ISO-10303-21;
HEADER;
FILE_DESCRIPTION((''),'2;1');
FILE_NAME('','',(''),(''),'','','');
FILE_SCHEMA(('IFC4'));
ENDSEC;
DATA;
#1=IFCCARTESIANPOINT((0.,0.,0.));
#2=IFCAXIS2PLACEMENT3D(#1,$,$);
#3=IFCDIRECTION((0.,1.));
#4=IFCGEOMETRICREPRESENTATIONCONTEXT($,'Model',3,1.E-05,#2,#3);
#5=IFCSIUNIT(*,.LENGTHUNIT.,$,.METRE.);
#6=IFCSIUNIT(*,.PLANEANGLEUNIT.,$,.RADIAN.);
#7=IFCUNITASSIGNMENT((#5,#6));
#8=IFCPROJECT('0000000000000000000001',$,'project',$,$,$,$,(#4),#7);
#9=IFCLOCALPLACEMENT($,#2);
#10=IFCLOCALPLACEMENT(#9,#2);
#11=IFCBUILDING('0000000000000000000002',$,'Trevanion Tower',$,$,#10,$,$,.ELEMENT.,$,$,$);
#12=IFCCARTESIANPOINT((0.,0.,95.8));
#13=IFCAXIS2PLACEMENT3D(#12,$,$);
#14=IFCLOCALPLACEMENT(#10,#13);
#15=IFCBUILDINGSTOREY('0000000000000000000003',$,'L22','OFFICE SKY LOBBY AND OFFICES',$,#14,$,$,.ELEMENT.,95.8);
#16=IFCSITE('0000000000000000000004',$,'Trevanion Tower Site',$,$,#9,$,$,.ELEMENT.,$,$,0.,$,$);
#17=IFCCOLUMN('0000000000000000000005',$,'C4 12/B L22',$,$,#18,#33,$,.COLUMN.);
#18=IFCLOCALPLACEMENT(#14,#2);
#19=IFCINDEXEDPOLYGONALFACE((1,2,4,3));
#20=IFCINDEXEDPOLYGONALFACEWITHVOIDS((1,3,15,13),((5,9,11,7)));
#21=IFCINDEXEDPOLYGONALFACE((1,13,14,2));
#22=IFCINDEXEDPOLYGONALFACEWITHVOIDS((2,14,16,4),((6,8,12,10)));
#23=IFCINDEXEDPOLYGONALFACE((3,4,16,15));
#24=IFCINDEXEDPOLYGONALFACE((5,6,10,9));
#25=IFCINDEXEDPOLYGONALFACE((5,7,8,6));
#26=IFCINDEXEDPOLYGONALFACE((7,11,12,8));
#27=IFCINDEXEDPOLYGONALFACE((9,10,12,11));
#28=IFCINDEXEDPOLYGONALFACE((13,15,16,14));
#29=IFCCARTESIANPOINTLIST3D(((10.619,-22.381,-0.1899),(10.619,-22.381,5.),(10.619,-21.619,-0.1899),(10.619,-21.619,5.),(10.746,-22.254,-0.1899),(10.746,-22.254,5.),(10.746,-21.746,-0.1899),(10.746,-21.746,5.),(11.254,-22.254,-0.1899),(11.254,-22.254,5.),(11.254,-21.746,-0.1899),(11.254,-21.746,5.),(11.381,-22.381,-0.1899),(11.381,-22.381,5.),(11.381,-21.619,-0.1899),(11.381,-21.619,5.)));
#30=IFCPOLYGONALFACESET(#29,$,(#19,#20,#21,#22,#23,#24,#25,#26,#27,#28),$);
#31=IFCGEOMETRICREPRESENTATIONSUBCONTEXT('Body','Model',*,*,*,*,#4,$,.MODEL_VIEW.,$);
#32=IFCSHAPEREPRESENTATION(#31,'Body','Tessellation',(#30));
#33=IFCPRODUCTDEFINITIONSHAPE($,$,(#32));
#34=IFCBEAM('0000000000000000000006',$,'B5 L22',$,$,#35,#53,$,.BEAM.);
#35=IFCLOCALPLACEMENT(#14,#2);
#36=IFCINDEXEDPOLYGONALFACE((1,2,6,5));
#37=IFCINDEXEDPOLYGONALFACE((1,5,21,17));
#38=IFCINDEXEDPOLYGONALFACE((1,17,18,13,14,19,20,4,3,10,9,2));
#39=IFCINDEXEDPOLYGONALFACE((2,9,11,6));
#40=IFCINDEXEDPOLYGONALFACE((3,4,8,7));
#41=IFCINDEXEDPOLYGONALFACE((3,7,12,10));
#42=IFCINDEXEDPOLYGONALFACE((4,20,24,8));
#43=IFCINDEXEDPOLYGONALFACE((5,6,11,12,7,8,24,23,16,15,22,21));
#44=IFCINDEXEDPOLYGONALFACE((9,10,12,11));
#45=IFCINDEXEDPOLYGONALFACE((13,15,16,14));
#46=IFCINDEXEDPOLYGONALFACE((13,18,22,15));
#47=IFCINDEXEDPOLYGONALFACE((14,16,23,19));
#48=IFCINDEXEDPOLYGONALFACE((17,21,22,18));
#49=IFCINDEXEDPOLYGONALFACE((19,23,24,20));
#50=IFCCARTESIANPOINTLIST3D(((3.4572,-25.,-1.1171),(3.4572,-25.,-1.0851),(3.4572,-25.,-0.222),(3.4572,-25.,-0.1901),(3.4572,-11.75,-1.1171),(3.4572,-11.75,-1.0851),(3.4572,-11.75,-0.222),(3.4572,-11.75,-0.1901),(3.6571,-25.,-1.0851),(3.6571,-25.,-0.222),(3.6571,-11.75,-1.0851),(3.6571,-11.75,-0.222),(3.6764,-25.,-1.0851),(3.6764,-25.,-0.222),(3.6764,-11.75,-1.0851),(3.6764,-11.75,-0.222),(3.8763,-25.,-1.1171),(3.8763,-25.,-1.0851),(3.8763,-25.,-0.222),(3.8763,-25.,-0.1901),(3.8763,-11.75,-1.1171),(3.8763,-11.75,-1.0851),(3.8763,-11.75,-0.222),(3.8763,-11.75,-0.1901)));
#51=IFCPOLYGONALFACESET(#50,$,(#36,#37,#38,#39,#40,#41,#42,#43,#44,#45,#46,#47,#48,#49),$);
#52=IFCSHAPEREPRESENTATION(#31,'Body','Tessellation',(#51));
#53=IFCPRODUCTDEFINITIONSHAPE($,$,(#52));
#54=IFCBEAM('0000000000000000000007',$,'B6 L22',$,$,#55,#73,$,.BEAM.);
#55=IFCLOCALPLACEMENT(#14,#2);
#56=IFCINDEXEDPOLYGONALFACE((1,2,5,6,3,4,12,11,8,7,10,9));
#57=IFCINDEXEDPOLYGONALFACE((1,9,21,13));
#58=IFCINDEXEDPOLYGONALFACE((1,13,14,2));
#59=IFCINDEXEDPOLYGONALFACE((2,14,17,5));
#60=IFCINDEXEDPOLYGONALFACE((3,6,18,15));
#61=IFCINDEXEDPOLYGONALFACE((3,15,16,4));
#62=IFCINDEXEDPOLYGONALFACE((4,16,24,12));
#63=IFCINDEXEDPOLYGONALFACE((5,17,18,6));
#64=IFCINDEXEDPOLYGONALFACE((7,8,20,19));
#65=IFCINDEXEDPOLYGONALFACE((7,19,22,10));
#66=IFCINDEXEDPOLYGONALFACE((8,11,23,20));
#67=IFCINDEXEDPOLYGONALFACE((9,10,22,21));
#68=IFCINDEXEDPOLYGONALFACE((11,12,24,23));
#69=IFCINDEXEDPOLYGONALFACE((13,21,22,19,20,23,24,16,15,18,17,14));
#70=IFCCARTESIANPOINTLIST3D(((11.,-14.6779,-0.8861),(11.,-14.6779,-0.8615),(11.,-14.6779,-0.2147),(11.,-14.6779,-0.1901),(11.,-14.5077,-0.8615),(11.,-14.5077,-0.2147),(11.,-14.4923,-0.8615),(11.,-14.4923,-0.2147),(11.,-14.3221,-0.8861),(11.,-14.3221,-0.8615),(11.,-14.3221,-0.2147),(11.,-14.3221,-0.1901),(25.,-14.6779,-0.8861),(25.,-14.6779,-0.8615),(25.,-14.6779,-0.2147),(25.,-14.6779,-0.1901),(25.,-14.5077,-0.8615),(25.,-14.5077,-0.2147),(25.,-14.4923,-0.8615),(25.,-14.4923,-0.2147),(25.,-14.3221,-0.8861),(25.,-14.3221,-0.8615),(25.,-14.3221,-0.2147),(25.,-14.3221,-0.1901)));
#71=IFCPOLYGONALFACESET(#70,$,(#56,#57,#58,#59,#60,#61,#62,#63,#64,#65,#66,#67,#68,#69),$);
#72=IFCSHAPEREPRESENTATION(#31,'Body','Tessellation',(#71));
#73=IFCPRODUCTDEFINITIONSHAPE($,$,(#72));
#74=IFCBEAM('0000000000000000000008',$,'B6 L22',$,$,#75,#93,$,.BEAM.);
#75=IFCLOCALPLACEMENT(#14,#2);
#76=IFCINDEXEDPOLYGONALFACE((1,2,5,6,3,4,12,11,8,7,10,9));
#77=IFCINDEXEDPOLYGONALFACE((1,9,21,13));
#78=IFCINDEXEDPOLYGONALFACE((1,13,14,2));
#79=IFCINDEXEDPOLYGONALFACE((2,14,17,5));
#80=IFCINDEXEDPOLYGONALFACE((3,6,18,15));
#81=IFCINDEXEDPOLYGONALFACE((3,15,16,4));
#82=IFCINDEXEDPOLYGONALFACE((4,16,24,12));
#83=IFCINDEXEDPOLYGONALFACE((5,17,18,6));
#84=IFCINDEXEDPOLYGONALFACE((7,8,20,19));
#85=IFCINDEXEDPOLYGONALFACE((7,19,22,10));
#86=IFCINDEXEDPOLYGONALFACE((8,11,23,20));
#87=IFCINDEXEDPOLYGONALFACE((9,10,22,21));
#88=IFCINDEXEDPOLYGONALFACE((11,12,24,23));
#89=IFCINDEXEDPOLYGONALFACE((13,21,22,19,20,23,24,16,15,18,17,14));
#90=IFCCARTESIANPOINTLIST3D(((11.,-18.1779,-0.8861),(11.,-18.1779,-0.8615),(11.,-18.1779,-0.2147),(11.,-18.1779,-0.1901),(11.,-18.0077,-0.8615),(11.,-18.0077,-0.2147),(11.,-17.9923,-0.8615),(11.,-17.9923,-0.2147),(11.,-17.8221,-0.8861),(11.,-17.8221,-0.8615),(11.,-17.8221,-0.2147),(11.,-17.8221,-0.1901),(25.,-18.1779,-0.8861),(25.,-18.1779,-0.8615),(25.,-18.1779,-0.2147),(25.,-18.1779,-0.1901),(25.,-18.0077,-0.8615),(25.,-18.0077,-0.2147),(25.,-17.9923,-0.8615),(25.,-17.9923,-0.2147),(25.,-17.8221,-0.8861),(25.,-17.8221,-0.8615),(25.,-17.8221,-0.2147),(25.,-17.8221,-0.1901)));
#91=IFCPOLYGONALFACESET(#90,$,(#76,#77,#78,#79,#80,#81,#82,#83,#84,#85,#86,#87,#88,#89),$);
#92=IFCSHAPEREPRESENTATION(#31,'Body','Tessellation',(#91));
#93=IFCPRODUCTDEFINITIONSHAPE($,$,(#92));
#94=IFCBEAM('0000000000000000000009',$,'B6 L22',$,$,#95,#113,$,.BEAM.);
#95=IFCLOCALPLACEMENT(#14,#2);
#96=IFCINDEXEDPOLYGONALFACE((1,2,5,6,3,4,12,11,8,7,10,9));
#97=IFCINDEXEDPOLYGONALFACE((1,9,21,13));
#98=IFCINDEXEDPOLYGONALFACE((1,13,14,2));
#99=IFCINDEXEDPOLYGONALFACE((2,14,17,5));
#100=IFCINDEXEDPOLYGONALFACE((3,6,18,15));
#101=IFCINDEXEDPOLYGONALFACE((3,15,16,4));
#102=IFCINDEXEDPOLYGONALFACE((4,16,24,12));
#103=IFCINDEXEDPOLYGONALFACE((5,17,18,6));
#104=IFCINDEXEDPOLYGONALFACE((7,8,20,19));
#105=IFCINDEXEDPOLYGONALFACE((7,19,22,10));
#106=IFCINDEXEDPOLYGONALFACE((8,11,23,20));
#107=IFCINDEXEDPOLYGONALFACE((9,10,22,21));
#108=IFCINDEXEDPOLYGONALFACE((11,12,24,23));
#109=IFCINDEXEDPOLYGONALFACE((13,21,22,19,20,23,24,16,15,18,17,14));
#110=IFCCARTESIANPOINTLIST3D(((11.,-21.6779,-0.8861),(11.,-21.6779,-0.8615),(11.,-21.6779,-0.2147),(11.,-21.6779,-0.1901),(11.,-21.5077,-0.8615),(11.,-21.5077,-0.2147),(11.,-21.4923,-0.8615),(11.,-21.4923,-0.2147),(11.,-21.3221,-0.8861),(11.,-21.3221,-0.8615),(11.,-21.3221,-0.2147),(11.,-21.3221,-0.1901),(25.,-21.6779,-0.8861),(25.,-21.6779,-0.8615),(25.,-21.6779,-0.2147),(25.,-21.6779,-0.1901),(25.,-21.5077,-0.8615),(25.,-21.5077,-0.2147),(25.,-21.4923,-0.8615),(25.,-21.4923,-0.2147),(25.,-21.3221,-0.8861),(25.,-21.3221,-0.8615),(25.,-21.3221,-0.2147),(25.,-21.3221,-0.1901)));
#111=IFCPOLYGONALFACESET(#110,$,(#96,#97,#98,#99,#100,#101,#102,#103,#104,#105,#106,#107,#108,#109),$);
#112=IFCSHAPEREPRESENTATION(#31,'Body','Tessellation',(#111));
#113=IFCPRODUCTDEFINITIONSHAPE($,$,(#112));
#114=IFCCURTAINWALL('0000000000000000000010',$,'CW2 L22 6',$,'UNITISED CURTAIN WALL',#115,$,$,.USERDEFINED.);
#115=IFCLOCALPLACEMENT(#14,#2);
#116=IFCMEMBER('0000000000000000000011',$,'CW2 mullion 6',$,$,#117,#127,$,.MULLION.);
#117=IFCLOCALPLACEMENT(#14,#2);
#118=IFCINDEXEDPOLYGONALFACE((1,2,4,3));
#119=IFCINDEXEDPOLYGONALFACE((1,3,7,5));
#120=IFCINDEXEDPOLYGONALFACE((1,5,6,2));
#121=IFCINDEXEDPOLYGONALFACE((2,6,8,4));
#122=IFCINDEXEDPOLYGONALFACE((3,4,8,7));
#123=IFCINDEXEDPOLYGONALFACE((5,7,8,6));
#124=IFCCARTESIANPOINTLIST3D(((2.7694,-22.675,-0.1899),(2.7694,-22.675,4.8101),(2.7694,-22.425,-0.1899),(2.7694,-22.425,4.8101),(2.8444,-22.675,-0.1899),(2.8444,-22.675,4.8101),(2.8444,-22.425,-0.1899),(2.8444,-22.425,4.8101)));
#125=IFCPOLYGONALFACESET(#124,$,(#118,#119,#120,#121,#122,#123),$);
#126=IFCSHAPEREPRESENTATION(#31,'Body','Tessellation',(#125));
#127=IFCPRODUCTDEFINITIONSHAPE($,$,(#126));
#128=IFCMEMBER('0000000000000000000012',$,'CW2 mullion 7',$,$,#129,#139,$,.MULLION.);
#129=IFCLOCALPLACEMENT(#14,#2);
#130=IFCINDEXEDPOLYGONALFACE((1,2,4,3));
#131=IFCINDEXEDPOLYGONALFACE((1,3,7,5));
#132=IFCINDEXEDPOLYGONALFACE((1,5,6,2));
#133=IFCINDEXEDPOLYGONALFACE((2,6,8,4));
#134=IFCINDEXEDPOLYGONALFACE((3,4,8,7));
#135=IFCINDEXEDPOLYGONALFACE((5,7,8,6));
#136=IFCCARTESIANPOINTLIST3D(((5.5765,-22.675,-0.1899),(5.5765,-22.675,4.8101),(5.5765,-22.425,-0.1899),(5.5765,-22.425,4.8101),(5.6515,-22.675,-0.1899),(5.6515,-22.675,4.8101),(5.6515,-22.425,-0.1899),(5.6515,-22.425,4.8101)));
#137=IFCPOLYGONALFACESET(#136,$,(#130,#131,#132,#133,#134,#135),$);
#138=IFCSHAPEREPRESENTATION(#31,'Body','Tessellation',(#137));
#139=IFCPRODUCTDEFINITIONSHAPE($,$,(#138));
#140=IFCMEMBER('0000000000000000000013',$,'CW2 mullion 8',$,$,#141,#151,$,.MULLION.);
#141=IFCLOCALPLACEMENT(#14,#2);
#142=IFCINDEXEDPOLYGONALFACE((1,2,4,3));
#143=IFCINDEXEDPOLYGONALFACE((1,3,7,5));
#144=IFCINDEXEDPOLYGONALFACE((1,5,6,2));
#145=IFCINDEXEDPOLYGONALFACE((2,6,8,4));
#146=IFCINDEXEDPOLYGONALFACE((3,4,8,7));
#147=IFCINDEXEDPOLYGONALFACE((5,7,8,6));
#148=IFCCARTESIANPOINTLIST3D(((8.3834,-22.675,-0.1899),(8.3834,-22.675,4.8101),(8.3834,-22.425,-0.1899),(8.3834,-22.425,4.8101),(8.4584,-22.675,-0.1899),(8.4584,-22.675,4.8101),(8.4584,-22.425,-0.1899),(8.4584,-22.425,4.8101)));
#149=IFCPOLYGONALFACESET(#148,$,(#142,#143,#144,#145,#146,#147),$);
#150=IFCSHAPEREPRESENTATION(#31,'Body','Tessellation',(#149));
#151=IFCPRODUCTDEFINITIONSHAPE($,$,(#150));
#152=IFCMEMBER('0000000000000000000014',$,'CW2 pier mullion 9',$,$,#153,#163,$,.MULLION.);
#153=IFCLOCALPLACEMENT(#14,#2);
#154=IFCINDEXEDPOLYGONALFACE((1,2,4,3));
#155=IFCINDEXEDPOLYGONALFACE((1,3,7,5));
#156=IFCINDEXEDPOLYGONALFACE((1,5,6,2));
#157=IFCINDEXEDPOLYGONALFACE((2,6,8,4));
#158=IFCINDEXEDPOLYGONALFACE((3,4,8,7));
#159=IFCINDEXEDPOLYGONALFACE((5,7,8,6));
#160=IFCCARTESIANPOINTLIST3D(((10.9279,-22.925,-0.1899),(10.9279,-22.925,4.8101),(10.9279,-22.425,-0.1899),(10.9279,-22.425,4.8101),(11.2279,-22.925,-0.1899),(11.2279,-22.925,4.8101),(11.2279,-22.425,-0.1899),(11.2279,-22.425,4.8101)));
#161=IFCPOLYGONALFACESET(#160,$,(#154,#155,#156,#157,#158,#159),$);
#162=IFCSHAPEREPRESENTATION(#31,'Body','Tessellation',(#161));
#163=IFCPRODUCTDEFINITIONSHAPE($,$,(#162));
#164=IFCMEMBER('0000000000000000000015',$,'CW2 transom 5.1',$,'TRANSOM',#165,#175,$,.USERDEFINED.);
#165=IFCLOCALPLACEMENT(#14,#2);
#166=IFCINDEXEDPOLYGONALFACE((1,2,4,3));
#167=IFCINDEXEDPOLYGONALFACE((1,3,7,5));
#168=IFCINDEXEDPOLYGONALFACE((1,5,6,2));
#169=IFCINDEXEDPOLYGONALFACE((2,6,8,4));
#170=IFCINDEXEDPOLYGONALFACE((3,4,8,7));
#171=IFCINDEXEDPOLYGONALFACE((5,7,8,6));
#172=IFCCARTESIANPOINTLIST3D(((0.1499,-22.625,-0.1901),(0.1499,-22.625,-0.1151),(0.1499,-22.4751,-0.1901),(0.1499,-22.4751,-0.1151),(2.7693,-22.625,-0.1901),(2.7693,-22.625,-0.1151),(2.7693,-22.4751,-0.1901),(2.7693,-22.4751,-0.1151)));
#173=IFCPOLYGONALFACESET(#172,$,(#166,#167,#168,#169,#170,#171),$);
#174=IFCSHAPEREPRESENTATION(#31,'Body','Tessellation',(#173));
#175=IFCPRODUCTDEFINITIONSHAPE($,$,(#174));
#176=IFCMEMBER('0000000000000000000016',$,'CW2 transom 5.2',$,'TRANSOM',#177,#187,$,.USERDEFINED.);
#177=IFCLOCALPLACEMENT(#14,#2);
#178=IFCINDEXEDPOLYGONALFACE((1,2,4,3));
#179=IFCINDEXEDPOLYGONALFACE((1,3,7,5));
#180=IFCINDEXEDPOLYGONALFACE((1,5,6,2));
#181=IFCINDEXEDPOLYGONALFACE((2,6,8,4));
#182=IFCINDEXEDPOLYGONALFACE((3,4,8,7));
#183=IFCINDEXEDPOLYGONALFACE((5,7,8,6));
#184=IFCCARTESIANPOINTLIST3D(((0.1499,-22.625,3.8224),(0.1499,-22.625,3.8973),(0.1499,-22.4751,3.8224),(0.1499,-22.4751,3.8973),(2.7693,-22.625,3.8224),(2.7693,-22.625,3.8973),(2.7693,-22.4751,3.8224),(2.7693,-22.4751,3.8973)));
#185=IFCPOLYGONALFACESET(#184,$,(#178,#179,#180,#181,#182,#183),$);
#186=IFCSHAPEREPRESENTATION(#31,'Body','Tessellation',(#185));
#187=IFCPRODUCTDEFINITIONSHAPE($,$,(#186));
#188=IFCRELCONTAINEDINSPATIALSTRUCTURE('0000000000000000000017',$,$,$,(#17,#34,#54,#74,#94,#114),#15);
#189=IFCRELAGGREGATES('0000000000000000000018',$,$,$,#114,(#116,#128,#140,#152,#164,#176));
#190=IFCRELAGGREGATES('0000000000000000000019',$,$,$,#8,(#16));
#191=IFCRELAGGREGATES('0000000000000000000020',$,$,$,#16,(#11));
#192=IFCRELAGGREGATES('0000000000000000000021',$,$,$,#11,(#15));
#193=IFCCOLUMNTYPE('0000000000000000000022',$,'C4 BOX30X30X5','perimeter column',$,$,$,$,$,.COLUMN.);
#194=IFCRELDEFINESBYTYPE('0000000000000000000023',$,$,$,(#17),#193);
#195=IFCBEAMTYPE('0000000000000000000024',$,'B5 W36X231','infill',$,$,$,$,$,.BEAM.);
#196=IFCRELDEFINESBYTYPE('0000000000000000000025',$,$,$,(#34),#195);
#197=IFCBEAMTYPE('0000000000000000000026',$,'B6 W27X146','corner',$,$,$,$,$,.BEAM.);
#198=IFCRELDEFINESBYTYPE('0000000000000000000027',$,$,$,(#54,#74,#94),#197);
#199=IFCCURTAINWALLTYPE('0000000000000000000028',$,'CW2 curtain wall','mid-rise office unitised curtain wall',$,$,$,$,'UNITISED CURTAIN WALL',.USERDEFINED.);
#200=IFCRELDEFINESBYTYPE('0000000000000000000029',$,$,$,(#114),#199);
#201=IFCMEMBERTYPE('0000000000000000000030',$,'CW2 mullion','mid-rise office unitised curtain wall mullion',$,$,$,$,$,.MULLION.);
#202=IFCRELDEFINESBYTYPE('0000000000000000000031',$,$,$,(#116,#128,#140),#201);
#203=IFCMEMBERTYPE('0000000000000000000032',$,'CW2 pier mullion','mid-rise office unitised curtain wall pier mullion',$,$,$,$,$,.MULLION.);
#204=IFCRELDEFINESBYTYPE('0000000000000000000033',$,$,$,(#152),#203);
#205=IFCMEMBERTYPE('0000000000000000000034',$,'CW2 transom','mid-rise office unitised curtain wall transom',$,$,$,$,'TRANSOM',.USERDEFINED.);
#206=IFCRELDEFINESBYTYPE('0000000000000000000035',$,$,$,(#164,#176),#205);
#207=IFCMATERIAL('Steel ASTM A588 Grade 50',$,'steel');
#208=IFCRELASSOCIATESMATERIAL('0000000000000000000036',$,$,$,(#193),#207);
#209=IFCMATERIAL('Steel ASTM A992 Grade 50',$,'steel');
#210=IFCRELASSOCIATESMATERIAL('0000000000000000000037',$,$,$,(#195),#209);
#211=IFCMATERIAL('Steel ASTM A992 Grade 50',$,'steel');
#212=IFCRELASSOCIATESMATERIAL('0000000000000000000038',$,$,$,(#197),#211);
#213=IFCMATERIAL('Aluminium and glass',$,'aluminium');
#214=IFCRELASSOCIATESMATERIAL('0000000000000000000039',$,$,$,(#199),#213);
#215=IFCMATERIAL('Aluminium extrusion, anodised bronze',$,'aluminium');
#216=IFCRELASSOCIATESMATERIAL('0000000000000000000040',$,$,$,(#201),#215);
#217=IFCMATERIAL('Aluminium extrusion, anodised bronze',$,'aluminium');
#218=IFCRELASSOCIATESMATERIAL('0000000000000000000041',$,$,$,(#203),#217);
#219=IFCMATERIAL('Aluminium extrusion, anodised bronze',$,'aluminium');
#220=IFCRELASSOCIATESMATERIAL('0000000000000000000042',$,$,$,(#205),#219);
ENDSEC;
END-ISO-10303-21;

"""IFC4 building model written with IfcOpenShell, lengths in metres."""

from ifc_helpers import new_model, si_unit, direction, frame, origin, origin_2d, place, context, subcontext, project, spatial, rectangle, hollow_rectangle, i_section, extrude, material, material_profile, profile_set, type_object, element, aggregate, save


model = new_model("IFC4")

# Units and contexts
model_context = context("Model", 3, precision=1e-05, world=origin(), true_north=direction((0.0, 1.0)))
body_context = subcontext(model_context, "Body", "Model", "MODEL_VIEW")
ifc_project = project(units=[si_unit("LENGTHUNIT", "METRE"), si_unit("PLANEANGLEUNIT", "RADIAN")], contexts=[model_context])

# Site, building, storey
site_placement = place(None, origin())
site = spatial("IfcSite", under=ifc_project, at=site_placement, Name="Trevanion Tower Site", CompositionType="ELEMENT", RefElevation=0.0)
building_placement = place(site_placement, origin())
building = spatial("IfcBuilding", under=site, at=building_placement, Name="Trevanion Tower", CompositionType="ELEMENT")
storey_placement = place(building_placement, frame((0.0, 0.0, 95.8)))
storey = spatial("IfcBuildingStorey", under=building, at=storey_placement, Name="L22", Description="OFFICE SKY LOBBY AND OFFICES", CompositionType="ELEMENT", Elevation=95.8)

# Column
ifc_material_1 = material(Name="Steel ASTM A588 Grade 50", Category="steel")
ifc_material_profile_1 = material_profile(ifc_material_1, hollow_rectangle(XDim=0.762, YDim=0.762, WallThickness=0.127, at=origin_2d()), Name="BOX30X30X5")
ifc_profile_set_1 = profile_set([ifc_material_profile_1], Name="Steel ASTM A588 Grade 50")
column_type = type_object("IfcColumnType", Name="C4 BOX30X30X5", Description="perimeter column", PredefinedType="COLUMN", material=ifc_profile_set_1)
column_placement = place(storey_placement, frame((11.0, -22.0, -0.1899), z_axis=(0.0, 0.0, 1.0), x_axis=(1.0, 0.0, 0.0)))
element("IfcColumn", 1, at=column_placement, inside=storey, type_object=column_type, Name="C4 12/B L22", PredefinedType="COLUMN", context=body_context, shape_type="SweptSolid", body=[
    extrude(hollow_rectangle(XDim=0.762, YDim=0.762, WallThickness=0.127, at=origin_2d()), origin(), (0.0, 0.0, 1.0), 5.1899),
])

# Beams
ifc_material_2 = material(Name="Steel ASTM A992 Grade 50", Category="steel")
ifc_material_profile_2 = material_profile(ifc_material_2, i_section(OverallWidth=0.4192, OverallDepth=0.927, WebThickness=0.0193, FlangeThickness=0.032, at=origin_2d()), Name="W36X231")
ifc_profile_set_2 = profile_set([ifc_material_profile_2], Name="Steel ASTM A992 Grade 50")
beam_type_1 = type_object("IfcBeamType", Name="B5 W36X231", Description="infill", PredefinedType="BEAM", material=ifc_profile_set_2)
beam_placement = place(storey_placement, frame((3.6667, -11.75, -0.6536), z_axis=(0.0, -1.0, 0.0), x_axis=(1.0, 0.0, 0.0)))
element("IfcBeam", 2, at=beam_placement, inside=storey, type_object=beam_type_1, Name="B5 L22", PredefinedType="BEAM", context=body_context, shape_type="SweptSolid", body=[
    extrude(i_section(OverallWidth=0.4192, OverallDepth=0.927, WebThickness=0.0193, FlangeThickness=0.032, at=origin_2d()), origin(), (0.0, 0.0, 1.0), 13.25),
])
ifc_material_3 = material(Name="Steel ASTM A992 Grade 50", Category="steel")
ifc_material_profile_3 = material_profile(ifc_material_3, i_section(OverallWidth=0.3557, OverallDepth=0.696, WebThickness=0.0154, FlangeThickness=0.0247, at=origin_2d()), Name="W27X146")
ifc_profile_set_3 = profile_set([ifc_material_profile_3], Name="Steel ASTM A992 Grade 50")
beam_type_2 = type_object("IfcBeamType", Name="B6 W27X146", Description="corner", PredefinedType="BEAM", material=ifc_profile_set_3)
for number, where, z_axis, x_axis, name in (
    (3, (11.0, -14.5, -0.5381), (1.0, 0.0, 0.0), (0.0, 1.0, 0.0), "B6 L22"),
    (4, (11.0, -18.0, -0.5381), (1.0, 0.0, 0.0), (0.0, 1.0, 0.0), "B6 L22"),
    (5, (11.0, -21.5, -0.5381), (1.0, 0.0, 0.0), (0.0, 1.0, 0.0), "B6 L22"),
):
    element("IfcBeam", number, at=place(storey_placement, frame(where, z_axis=z_axis, x_axis=x_axis)), inside=storey, type_object=beam_type_2, Name=name, PredefinedType="BEAM", context=body_context, shape_type="SweptSolid", body=[
        extrude(i_section(OverallWidth=0.3557, OverallDepth=0.696, WebThickness=0.0154, FlangeThickness=0.0247, at=origin_2d()), origin(), (0.0, 0.0, 1.0), 14.0),
    ])

# Curtain wall, members
ifc_material_4 = material(Name="Aluminium and glass", Category="aluminium")
curtain_wall_type = type_object("IfcCurtainWallType", Name="CW2 curtain wall", Description="mid-rise office unitised curtain wall", ElementType="UNITISED CURTAIN WALL", PredefinedType="USERDEFINED", material=ifc_material_4)
curtain_wall_placement = place(storey_placement, origin())
curtain_wall = element("IfcCurtainWall", 6, at=curtain_wall_placement, inside=storey, type_object=curtain_wall_type, Name="CW2 L22 6", ObjectType="UNITISED CURTAIN WALL", PredefinedType="USERDEFINED")
ifc_material_5 = material(Name="Aluminium extrusion, anodised bronze", Category="aluminium")
ifc_material_profile_4 = material_profile(ifc_material_5, rectangle(XDim=0.075, YDim=0.25, at=origin_2d()), Name="CW2 mullion")
ifc_profile_set_4 = profile_set([ifc_material_profile_4], Name="Aluminium extrusion, anodised bronze")
member_type_1 = type_object("IfcMemberType", Name="CW2 mullion", Description="mid-rise office unitised curtain wall mullion", PredefinedType="MULLION", material=ifc_profile_set_4)
member_1_placement = place(storey_placement, frame((2.8069, -22.55, -0.1899), z_axis=(0.0, 0.0, 1.0), x_axis=(1.0, 0.0, 0.0)))
member_1 = element("IfcMember", 7, at=member_1_placement, type_object=member_type_1, Name="CW2 mullion 6", PredefinedType="MULLION", context=body_context, shape_type="SweptSolid", body=[
    extrude(rectangle(XDim=0.075, YDim=0.25, at=origin_2d()), origin(), (0.0, 0.0, 1.0), 5.0),
])
member_2_placement = place(storey_placement, frame((5.614, -22.55, -0.1899), z_axis=(0.0, 0.0, 1.0), x_axis=(1.0, 0.0, 0.0)))
member_2 = element("IfcMember", 8, at=member_2_placement, type_object=member_type_1, Name="CW2 mullion 7", PredefinedType="MULLION", context=body_context, shape_type="SweptSolid", body=[
    extrude(rectangle(XDim=0.075, YDim=0.25, at=origin_2d()), origin(), (0.0, 0.0, 1.0), 5.0),
])
member_3_placement = place(storey_placement, frame((8.4209, -22.55, -0.1899), z_axis=(0.0, 0.0, 1.0), x_axis=(1.0, 0.0, 0.0)))
member_3 = element("IfcMember", 9, at=member_3_placement, type_object=member_type_1, Name="CW2 mullion 8", PredefinedType="MULLION", context=body_context, shape_type="SweptSolid", body=[
    extrude(rectangle(XDim=0.075, YDim=0.25, at=origin_2d()), origin(), (0.0, 0.0, 1.0), 5.0),
])
ifc_material_6 = material(Name="Aluminium extrusion, anodised bronze", Category="aluminium")
ifc_material_profile_5 = material_profile(ifc_material_6, rectangle(XDim=0.3, YDim=0.5, at=origin_2d()), Name="CW2 pier mullion")
ifc_profile_set_5 = profile_set([ifc_material_profile_5], Name="Aluminium extrusion, anodised bronze")
member_type_2 = type_object("IfcMemberType", Name="CW2 pier mullion", Description="mid-rise office unitised curtain wall pier mullion", PredefinedType="MULLION", material=ifc_profile_set_5)
member_4_placement = place(storey_placement, frame((11.0779, -22.675, -0.1899), z_axis=(0.0, 0.0, 1.0), x_axis=(1.0, 0.0, 0.0)))
member_4 = element("IfcMember", 10, at=member_4_placement, type_object=member_type_2, Name="CW2 pier mullion 9", PredefinedType="MULLION", context=body_context, shape_type="SweptSolid", body=[
    extrude(rectangle(XDim=0.3, YDim=0.5, at=origin_2d()), origin(), (0.0, 0.0, 1.0), 5.0),
])
ifc_material_7 = material(Name="Aluminium extrusion, anodised bronze", Category="aluminium")
ifc_material_profile_6 = material_profile(ifc_material_7, rectangle(XDim=0.1499, YDim=0.075, at=origin_2d()), Name="CW2 transom")
ifc_profile_set_6 = profile_set([ifc_material_profile_6], Name="Aluminium extrusion, anodised bronze")
member_type_3 = type_object("IfcMemberType", Name="CW2 transom", Description="mid-rise office unitised curtain wall transom", ElementType="TRANSOM", PredefinedType="USERDEFINED", material=ifc_profile_set_6)
member_5_placement = place(storey_placement, frame((0.1499, -22.55, -0.1526), z_axis=(1.0, 0.0, 0.0), x_axis=(0.0, 1.0, 0.0)))
member_5 = element("IfcMember", 11, at=member_5_placement, type_object=member_type_3, Name="CW2 transom 5.1", ObjectType="TRANSOM", PredefinedType="USERDEFINED", context=body_context, shape_type="SweptSolid", body=[
    extrude(rectangle(XDim=0.1499, YDim=0.075, at=origin_2d()), origin(), (0.0, 0.0, 1.0), 2.6194),
])
member_6_placement = place(storey_placement, frame((0.1499, -22.55, 3.8599), z_axis=(1.0, 0.0, 0.0), x_axis=(0.0, 1.0, 0.0)))
member_6 = element("IfcMember", 12, at=member_6_placement, type_object=member_type_3, Name="CW2 transom 5.2", ObjectType="TRANSOM", PredefinedType="USERDEFINED", context=body_context, shape_type="SweptSolid", body=[
    extrude(rectangle(XDim=0.1499, YDim=0.075, at=origin_2d()), origin(), (0.0, 0.0, 1.0), 2.6194),
])
aggregate(curtain_wall, [member_1, member_2, member_3, member_4, member_5, member_6])

save(model, "model.ifc")
